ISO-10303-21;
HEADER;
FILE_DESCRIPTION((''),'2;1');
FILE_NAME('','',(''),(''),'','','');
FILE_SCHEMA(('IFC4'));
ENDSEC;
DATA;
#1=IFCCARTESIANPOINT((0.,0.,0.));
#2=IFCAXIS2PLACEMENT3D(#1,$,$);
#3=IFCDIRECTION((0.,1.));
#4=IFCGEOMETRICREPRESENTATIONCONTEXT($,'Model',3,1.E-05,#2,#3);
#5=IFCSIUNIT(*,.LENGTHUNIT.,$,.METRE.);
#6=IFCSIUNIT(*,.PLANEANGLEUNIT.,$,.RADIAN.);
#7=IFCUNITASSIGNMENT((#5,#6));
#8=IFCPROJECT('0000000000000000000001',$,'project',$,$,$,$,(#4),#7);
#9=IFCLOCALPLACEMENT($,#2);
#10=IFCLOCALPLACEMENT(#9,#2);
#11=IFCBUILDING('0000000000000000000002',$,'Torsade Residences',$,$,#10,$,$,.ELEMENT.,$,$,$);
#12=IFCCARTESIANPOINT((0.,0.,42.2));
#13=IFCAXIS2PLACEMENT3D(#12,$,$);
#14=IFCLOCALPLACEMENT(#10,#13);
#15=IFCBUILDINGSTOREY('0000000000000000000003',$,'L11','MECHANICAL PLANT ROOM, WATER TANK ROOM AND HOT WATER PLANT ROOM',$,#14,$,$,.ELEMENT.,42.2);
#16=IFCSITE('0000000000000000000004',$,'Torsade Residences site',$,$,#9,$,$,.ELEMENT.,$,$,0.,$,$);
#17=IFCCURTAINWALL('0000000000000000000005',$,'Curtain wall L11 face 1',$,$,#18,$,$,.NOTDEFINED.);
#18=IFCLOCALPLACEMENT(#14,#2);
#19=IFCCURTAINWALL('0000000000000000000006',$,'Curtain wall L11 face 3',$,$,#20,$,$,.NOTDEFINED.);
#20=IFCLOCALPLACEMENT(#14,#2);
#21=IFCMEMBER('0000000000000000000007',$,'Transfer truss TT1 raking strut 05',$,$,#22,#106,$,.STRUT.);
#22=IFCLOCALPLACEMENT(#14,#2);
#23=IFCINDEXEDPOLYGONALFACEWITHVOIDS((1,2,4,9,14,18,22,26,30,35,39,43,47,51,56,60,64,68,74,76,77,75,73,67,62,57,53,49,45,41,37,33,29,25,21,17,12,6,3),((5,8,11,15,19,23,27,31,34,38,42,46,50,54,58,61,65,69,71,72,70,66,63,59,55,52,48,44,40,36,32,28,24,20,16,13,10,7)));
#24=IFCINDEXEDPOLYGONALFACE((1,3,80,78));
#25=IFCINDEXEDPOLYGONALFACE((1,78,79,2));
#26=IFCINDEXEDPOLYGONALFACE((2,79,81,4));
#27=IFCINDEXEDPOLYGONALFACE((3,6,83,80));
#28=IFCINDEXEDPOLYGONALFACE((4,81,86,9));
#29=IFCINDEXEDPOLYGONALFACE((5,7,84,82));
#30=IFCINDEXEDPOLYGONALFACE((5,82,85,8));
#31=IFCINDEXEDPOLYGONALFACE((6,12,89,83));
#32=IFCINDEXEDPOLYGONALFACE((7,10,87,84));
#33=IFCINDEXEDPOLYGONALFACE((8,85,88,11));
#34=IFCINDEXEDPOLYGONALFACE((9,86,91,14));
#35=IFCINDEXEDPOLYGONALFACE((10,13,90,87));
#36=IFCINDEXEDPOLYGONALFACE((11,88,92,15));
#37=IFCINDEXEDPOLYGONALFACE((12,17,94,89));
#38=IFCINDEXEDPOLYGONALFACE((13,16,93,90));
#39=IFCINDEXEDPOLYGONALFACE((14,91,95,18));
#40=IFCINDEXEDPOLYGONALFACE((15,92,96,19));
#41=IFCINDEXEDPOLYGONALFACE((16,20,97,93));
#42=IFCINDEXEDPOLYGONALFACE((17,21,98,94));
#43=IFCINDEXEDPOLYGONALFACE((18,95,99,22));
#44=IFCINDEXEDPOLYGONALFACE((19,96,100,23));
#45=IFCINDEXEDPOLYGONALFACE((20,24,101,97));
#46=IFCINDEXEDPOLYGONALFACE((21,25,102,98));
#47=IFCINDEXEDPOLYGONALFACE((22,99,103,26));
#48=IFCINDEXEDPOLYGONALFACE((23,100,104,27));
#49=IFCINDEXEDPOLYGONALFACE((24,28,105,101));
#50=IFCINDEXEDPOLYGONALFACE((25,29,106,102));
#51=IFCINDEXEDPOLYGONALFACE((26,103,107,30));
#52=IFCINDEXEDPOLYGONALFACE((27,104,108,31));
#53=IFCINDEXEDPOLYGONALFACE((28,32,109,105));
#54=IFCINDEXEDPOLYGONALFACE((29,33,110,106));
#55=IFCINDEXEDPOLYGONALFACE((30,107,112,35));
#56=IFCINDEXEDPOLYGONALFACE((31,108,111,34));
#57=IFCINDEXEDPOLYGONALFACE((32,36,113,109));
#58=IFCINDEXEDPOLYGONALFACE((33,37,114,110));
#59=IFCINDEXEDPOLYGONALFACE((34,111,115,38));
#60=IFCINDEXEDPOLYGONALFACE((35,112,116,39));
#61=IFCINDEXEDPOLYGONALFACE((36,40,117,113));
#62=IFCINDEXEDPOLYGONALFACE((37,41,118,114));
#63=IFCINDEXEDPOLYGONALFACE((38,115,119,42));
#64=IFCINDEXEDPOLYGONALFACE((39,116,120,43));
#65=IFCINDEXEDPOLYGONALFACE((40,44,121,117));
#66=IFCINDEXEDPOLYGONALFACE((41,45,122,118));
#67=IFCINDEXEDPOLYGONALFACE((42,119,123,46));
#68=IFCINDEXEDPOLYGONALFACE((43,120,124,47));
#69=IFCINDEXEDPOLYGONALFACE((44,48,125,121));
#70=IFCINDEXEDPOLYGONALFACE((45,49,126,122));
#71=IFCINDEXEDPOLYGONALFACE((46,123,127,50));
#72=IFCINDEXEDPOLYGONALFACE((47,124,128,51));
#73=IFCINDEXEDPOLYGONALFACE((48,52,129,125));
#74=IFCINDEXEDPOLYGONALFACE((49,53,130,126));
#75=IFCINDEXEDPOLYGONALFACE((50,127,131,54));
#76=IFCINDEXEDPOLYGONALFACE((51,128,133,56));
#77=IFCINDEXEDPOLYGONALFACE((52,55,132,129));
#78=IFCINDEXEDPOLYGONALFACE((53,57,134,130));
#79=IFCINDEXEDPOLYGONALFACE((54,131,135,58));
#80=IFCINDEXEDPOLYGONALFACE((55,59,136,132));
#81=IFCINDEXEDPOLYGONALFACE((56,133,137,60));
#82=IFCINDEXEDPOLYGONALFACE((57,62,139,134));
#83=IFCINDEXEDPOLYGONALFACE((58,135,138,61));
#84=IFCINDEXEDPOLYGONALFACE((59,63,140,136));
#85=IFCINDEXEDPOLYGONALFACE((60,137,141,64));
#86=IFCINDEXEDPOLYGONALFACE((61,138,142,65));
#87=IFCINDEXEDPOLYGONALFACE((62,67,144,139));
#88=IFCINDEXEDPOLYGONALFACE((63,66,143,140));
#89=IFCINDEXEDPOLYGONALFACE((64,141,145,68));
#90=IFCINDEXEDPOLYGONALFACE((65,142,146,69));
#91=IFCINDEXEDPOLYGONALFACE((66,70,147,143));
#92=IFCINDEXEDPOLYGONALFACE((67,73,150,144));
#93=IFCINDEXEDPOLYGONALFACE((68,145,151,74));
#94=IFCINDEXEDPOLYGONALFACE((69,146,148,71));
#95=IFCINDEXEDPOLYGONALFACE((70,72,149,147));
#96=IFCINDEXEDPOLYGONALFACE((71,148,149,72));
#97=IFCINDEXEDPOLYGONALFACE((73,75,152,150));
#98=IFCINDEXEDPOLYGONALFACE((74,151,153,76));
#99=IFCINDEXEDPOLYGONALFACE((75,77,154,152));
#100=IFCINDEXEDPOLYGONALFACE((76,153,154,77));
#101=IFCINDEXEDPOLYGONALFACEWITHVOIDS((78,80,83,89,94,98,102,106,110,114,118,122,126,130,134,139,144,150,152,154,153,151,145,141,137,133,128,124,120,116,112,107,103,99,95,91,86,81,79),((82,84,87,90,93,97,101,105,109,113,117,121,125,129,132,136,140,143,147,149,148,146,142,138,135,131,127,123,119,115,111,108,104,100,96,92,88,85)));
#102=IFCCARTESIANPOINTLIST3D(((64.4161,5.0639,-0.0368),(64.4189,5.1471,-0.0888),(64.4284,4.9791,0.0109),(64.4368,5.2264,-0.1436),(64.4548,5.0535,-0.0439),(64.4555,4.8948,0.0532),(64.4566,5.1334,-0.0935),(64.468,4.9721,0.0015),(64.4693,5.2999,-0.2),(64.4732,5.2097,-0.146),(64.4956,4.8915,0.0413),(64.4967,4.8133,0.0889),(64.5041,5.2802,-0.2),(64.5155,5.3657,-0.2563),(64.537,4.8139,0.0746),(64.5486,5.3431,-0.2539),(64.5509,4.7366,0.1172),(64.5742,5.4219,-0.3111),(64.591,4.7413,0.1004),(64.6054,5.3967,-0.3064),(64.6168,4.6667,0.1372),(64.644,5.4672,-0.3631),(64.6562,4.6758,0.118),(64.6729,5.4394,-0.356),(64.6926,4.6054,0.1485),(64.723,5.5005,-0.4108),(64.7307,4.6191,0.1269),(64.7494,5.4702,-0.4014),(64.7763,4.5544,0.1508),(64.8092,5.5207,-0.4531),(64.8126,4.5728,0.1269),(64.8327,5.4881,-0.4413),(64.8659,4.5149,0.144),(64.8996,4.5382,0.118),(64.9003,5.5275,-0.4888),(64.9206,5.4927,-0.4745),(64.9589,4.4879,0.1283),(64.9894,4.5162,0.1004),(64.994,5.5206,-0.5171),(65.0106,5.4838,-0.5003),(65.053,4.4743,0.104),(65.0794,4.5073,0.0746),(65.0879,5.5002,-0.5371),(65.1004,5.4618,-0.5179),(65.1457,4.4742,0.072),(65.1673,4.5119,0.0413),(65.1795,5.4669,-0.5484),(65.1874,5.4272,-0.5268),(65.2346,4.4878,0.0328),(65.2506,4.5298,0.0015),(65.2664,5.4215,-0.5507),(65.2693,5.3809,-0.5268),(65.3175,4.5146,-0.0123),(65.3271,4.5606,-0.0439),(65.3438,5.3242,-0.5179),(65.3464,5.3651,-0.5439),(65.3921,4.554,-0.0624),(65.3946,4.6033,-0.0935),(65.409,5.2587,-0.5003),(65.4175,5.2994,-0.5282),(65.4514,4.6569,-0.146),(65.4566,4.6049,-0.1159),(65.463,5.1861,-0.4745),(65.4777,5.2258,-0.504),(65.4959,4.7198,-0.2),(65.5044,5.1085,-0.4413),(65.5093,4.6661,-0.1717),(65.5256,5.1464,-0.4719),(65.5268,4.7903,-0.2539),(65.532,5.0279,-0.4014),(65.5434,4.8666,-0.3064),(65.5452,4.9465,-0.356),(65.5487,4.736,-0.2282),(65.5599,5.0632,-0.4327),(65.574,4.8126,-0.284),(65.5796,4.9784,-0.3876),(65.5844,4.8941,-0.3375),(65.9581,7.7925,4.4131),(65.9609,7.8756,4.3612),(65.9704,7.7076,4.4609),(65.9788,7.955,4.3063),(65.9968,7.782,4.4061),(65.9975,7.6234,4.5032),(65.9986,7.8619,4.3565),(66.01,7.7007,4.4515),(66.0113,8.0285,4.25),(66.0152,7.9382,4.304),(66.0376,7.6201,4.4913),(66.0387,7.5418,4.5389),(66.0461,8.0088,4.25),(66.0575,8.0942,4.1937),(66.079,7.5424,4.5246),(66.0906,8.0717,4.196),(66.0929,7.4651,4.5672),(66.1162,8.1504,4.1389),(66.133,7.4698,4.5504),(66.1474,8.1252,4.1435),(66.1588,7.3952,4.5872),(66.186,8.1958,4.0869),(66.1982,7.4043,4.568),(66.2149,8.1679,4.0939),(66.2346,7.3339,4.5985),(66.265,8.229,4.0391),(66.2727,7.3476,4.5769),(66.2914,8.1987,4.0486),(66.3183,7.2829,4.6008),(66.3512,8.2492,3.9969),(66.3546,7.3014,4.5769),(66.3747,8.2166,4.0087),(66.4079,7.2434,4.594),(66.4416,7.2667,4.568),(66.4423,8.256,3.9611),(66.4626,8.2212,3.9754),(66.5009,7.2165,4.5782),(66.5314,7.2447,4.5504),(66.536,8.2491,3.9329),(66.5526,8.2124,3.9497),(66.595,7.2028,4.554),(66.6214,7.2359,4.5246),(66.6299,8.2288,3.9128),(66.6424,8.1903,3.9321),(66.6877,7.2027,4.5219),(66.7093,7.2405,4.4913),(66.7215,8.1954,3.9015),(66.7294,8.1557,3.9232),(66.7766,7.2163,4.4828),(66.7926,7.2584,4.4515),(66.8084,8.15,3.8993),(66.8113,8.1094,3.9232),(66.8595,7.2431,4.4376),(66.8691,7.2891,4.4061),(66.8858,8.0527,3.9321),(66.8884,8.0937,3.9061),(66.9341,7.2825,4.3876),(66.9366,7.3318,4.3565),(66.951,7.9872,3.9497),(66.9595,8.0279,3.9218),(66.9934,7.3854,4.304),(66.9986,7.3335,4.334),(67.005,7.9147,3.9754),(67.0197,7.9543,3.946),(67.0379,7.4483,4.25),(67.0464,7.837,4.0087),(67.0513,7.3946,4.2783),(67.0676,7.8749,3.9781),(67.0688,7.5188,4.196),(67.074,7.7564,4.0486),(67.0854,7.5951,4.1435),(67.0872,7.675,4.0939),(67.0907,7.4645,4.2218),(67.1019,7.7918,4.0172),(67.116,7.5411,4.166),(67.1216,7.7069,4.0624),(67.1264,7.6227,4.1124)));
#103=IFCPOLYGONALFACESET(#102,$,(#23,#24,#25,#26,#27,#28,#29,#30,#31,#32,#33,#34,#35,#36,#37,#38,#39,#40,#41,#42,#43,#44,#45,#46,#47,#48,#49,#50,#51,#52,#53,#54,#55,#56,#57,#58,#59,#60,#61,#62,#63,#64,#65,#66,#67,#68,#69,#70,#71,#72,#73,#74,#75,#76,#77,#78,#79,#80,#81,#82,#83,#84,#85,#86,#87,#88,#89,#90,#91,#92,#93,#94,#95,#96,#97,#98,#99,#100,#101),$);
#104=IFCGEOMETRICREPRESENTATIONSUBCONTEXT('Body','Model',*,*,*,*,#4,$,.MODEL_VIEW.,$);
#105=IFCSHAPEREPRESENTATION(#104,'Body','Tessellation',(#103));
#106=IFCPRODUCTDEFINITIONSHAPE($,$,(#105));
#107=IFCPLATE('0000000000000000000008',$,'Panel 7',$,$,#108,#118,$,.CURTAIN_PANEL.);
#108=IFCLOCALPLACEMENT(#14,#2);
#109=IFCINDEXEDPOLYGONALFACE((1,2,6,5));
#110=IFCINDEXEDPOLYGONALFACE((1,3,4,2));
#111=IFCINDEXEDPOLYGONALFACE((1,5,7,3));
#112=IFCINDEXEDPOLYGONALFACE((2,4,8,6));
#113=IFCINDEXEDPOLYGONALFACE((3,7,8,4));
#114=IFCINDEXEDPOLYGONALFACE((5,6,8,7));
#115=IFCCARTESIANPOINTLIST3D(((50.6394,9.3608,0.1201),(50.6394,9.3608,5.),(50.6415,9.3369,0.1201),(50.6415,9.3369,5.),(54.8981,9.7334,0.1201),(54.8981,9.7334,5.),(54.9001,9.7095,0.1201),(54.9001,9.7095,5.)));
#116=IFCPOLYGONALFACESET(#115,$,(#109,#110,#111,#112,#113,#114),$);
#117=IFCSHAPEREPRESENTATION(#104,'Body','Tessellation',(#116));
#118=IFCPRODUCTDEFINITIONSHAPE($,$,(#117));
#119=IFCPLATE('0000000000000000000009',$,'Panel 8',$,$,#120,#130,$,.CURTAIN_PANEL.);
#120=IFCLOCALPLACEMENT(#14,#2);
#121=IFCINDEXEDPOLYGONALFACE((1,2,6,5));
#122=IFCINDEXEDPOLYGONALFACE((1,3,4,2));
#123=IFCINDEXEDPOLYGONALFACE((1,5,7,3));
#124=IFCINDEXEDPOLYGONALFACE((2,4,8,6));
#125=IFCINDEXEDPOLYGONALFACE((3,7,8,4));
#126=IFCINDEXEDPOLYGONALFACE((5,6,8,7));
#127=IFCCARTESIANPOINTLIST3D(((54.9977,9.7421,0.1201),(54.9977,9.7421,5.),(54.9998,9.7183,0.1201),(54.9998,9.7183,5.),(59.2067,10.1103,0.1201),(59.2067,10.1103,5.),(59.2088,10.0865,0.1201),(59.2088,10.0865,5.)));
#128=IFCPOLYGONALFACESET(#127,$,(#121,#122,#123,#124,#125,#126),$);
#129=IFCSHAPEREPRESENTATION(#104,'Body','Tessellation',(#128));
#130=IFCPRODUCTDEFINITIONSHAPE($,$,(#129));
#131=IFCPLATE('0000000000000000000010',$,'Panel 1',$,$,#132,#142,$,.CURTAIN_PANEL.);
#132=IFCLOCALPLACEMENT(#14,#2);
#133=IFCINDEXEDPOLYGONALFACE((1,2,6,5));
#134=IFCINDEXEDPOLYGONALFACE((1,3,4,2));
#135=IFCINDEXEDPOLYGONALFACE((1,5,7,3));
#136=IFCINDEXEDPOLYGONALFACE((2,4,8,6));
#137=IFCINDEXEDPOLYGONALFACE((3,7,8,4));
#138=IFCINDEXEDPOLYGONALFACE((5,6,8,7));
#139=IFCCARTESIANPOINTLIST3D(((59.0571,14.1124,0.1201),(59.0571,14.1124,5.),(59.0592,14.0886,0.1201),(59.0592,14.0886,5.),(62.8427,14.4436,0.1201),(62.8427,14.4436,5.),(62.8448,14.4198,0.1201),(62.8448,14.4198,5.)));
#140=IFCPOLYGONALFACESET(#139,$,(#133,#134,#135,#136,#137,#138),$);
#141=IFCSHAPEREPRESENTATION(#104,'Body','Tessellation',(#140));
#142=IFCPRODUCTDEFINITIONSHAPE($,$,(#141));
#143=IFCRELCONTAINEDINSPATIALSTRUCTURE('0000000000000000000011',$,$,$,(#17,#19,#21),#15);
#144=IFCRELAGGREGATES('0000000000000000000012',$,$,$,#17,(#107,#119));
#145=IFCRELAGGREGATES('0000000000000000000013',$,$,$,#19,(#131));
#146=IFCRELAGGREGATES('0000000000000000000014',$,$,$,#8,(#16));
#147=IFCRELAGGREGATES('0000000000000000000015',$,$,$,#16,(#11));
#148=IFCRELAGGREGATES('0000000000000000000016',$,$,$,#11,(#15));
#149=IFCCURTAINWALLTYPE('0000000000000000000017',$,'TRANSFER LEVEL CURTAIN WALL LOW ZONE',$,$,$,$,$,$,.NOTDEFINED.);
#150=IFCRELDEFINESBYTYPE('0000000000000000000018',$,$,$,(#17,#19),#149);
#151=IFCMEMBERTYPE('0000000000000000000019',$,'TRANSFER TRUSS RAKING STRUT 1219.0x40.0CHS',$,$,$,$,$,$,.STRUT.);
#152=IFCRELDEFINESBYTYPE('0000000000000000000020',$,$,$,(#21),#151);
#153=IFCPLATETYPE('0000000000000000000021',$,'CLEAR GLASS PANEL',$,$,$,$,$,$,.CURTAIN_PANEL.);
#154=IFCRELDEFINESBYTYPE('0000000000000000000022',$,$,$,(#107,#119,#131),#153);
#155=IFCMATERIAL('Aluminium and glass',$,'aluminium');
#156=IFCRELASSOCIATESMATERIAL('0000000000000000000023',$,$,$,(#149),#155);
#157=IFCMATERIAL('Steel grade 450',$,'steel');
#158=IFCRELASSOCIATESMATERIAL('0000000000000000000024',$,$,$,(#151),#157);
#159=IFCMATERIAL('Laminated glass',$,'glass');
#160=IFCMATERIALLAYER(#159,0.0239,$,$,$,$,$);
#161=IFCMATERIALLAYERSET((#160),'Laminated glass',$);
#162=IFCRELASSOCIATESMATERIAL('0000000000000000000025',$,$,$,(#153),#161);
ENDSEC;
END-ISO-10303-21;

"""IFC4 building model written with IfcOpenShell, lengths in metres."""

from ifc_helpers import new_model, si_unit, direction, frame, origin, origin_2d, place, context, subcontext, project, spatial, rectangle, hollow_circle, extrude, material, layer, layer_set, material_profile, profile_set, type_object, element, aggregate, save


model = new_model("IFC4")

# Units and contexts
model_context = context("Model", 3, precision=1e-05, world=origin(), true_north=direction((0.0, 1.0)))
body_context = subcontext(model_context, "Body", "Model", "MODEL_VIEW")
ifc_project = project(units=[si_unit("LENGTHUNIT", "METRE"), si_unit("PLANEANGLEUNIT", "RADIAN")], contexts=[model_context])

# Site, building, storey
site_placement = place(None, origin())
site = spatial("IfcSite", under=ifc_project, at=site_placement, Name="Torsade Residences site", CompositionType="ELEMENT", RefElevation=0.0)
building_placement = place(site_placement, origin())
building = spatial("IfcBuilding", under=site, at=building_placement, Name="Torsade Residences", CompositionType="ELEMENT")
storey_placement = place(building_placement, frame((0.0, 0.0, 42.2)))
storey = spatial("IfcBuildingStorey", under=building, at=storey_placement, Name="L11", Description="MECHANICAL PLANT ROOM, WATER TANK ROOM AND HOT WATER PLANT ROOM", CompositionType="ELEMENT", Elevation=42.2)

# Curtain walls
ifc_material_1 = material(Name="Aluminium and glass", Category="aluminium")
curtain_wall_type = type_object("IfcCurtainWallType", Name="TRANSFER LEVEL CURTAIN WALL LOW ZONE", PredefinedType="NOTDEFINED", material=ifc_material_1)
curtain_wall_1_placement = place(storey_placement, origin())
curtain_wall_1 = element("IfcCurtainWall", 1, at=curtain_wall_1_placement, inside=storey, type_object=curtain_wall_type, Name="Curtain wall L11 face 1", PredefinedType="NOTDEFINED")
curtain_wall_2_placement = place(storey_placement, origin())
curtain_wall_2 = element("IfcCurtainWall", 2, at=curtain_wall_2_placement, inside=storey, type_object=curtain_wall_type, Name="Curtain wall L11 face 3", PredefinedType="NOTDEFINED")

# Member
ifc_material_2 = material(Name="Steel grade 450", Category="steel")
ifc_material_profile_1 = material_profile(ifc_material_2, hollow_circle(Radius=0.6096, WallThickness=0.04, at=origin_2d()), Name="1219.0x40.0CHS")
ifc_profile_set_1 = profile_set([ifc_material_profile_1], Name="Steel grade 450")
member_type_1 = type_object("IfcMemberType", Name="TRANSFER TRUSS RAKING STRUT 1219.0x40.0CHS", PredefinedType="STRUT", material=ifc_profile_set_1)
member_1_placement = place(storey_placement, frame((65.0, 5.0, -0.2), z_axis=(0.283306, 0.501303, 0.817578), x_axis=(-0.870592, 0.492006, 0.0)))
element("IfcMember", 3, at=member_1_placement, inside=storey, type_object=member_type_1, Name="Transfer truss TT1 raking strut 05", PredefinedType="STRUT", context=body_context, shape_type="SweptSolid", body=[
    extrude(hollow_circle(Radius=0.6096, WallThickness=0.04, at=origin_2d()), origin(), (0.0, 0.0, 1.0), 5.4429),
])

# Plates
ifc_material_3 = material(Name="Laminated glass", Category="glass")
ifc_layer_1 = layer(ifc_material_3, 0.0239)
ifc_layer_set_1 = layer_set([ifc_layer_1], Name="Laminated glass")
plate_type = type_object("IfcPlateType", Name="CLEAR GLASS PANEL", PredefinedType="CURTAIN_PANEL", material=ifc_layer_set_1)
plate_1_placement = place(storey_placement, frame((52.7698, 9.5352, 0.1201), z_axis=(0.0, 0.0, 1.0), x_axis=(0.996195, 0.087156, 0.0)))
plate_1 = element("IfcPlate", 4, at=plate_1_placement, type_object=plate_type, Name="Panel 7", PredefinedType="CURTAIN_PANEL", context=body_context, shape_type="SweptSolid", body=[
    extrude(rectangle(XDim=4.2749, YDim=0.0239, at=origin_2d()), origin(), (0.0, 0.0, 1.0), 4.8799),
])
plate_2_placement = place(storey_placement, frame((57.1033, 9.9143, 0.1201), z_axis=(0.0, 0.0, 1.0), x_axis=(0.996195, 0.087156, 0.0)))
plate_2 = element("IfcPlate", 5, at=plate_2_placement, type_object=plate_type, Name="Panel 8", PredefinedType="CURTAIN_PANEL", context=body_context, shape_type="SweptSolid", body=[
    extrude(rectangle(XDim=4.2251, YDim=0.0239, at=origin_2d()), origin(), (0.0, 0.0, 1.0), 4.8799),
])
aggregate(curtain_wall_1, [plate_1, plate_2])
plate_3_placement = place(storey_placement, frame((60.9509, 14.2661, 0.1201), z_axis=(0.0, 0.0, 1.0), x_axis=(0.996195, 0.087156, 0.0)))
plate_3 = element("IfcPlate", 6, at=plate_3_placement, type_object=plate_type, Name="Panel 1", PredefinedType="CURTAIN_PANEL", context=body_context, shape_type="SweptSolid", body=[
    extrude(rectangle(XDim=3.8, YDim=0.0239, at=origin_2d()), origin(), (0.0, 0.0, 1.0), 4.8799),
])
aggregate(curtain_wall_2, [plate_3])

save(model, "model.ifc")
